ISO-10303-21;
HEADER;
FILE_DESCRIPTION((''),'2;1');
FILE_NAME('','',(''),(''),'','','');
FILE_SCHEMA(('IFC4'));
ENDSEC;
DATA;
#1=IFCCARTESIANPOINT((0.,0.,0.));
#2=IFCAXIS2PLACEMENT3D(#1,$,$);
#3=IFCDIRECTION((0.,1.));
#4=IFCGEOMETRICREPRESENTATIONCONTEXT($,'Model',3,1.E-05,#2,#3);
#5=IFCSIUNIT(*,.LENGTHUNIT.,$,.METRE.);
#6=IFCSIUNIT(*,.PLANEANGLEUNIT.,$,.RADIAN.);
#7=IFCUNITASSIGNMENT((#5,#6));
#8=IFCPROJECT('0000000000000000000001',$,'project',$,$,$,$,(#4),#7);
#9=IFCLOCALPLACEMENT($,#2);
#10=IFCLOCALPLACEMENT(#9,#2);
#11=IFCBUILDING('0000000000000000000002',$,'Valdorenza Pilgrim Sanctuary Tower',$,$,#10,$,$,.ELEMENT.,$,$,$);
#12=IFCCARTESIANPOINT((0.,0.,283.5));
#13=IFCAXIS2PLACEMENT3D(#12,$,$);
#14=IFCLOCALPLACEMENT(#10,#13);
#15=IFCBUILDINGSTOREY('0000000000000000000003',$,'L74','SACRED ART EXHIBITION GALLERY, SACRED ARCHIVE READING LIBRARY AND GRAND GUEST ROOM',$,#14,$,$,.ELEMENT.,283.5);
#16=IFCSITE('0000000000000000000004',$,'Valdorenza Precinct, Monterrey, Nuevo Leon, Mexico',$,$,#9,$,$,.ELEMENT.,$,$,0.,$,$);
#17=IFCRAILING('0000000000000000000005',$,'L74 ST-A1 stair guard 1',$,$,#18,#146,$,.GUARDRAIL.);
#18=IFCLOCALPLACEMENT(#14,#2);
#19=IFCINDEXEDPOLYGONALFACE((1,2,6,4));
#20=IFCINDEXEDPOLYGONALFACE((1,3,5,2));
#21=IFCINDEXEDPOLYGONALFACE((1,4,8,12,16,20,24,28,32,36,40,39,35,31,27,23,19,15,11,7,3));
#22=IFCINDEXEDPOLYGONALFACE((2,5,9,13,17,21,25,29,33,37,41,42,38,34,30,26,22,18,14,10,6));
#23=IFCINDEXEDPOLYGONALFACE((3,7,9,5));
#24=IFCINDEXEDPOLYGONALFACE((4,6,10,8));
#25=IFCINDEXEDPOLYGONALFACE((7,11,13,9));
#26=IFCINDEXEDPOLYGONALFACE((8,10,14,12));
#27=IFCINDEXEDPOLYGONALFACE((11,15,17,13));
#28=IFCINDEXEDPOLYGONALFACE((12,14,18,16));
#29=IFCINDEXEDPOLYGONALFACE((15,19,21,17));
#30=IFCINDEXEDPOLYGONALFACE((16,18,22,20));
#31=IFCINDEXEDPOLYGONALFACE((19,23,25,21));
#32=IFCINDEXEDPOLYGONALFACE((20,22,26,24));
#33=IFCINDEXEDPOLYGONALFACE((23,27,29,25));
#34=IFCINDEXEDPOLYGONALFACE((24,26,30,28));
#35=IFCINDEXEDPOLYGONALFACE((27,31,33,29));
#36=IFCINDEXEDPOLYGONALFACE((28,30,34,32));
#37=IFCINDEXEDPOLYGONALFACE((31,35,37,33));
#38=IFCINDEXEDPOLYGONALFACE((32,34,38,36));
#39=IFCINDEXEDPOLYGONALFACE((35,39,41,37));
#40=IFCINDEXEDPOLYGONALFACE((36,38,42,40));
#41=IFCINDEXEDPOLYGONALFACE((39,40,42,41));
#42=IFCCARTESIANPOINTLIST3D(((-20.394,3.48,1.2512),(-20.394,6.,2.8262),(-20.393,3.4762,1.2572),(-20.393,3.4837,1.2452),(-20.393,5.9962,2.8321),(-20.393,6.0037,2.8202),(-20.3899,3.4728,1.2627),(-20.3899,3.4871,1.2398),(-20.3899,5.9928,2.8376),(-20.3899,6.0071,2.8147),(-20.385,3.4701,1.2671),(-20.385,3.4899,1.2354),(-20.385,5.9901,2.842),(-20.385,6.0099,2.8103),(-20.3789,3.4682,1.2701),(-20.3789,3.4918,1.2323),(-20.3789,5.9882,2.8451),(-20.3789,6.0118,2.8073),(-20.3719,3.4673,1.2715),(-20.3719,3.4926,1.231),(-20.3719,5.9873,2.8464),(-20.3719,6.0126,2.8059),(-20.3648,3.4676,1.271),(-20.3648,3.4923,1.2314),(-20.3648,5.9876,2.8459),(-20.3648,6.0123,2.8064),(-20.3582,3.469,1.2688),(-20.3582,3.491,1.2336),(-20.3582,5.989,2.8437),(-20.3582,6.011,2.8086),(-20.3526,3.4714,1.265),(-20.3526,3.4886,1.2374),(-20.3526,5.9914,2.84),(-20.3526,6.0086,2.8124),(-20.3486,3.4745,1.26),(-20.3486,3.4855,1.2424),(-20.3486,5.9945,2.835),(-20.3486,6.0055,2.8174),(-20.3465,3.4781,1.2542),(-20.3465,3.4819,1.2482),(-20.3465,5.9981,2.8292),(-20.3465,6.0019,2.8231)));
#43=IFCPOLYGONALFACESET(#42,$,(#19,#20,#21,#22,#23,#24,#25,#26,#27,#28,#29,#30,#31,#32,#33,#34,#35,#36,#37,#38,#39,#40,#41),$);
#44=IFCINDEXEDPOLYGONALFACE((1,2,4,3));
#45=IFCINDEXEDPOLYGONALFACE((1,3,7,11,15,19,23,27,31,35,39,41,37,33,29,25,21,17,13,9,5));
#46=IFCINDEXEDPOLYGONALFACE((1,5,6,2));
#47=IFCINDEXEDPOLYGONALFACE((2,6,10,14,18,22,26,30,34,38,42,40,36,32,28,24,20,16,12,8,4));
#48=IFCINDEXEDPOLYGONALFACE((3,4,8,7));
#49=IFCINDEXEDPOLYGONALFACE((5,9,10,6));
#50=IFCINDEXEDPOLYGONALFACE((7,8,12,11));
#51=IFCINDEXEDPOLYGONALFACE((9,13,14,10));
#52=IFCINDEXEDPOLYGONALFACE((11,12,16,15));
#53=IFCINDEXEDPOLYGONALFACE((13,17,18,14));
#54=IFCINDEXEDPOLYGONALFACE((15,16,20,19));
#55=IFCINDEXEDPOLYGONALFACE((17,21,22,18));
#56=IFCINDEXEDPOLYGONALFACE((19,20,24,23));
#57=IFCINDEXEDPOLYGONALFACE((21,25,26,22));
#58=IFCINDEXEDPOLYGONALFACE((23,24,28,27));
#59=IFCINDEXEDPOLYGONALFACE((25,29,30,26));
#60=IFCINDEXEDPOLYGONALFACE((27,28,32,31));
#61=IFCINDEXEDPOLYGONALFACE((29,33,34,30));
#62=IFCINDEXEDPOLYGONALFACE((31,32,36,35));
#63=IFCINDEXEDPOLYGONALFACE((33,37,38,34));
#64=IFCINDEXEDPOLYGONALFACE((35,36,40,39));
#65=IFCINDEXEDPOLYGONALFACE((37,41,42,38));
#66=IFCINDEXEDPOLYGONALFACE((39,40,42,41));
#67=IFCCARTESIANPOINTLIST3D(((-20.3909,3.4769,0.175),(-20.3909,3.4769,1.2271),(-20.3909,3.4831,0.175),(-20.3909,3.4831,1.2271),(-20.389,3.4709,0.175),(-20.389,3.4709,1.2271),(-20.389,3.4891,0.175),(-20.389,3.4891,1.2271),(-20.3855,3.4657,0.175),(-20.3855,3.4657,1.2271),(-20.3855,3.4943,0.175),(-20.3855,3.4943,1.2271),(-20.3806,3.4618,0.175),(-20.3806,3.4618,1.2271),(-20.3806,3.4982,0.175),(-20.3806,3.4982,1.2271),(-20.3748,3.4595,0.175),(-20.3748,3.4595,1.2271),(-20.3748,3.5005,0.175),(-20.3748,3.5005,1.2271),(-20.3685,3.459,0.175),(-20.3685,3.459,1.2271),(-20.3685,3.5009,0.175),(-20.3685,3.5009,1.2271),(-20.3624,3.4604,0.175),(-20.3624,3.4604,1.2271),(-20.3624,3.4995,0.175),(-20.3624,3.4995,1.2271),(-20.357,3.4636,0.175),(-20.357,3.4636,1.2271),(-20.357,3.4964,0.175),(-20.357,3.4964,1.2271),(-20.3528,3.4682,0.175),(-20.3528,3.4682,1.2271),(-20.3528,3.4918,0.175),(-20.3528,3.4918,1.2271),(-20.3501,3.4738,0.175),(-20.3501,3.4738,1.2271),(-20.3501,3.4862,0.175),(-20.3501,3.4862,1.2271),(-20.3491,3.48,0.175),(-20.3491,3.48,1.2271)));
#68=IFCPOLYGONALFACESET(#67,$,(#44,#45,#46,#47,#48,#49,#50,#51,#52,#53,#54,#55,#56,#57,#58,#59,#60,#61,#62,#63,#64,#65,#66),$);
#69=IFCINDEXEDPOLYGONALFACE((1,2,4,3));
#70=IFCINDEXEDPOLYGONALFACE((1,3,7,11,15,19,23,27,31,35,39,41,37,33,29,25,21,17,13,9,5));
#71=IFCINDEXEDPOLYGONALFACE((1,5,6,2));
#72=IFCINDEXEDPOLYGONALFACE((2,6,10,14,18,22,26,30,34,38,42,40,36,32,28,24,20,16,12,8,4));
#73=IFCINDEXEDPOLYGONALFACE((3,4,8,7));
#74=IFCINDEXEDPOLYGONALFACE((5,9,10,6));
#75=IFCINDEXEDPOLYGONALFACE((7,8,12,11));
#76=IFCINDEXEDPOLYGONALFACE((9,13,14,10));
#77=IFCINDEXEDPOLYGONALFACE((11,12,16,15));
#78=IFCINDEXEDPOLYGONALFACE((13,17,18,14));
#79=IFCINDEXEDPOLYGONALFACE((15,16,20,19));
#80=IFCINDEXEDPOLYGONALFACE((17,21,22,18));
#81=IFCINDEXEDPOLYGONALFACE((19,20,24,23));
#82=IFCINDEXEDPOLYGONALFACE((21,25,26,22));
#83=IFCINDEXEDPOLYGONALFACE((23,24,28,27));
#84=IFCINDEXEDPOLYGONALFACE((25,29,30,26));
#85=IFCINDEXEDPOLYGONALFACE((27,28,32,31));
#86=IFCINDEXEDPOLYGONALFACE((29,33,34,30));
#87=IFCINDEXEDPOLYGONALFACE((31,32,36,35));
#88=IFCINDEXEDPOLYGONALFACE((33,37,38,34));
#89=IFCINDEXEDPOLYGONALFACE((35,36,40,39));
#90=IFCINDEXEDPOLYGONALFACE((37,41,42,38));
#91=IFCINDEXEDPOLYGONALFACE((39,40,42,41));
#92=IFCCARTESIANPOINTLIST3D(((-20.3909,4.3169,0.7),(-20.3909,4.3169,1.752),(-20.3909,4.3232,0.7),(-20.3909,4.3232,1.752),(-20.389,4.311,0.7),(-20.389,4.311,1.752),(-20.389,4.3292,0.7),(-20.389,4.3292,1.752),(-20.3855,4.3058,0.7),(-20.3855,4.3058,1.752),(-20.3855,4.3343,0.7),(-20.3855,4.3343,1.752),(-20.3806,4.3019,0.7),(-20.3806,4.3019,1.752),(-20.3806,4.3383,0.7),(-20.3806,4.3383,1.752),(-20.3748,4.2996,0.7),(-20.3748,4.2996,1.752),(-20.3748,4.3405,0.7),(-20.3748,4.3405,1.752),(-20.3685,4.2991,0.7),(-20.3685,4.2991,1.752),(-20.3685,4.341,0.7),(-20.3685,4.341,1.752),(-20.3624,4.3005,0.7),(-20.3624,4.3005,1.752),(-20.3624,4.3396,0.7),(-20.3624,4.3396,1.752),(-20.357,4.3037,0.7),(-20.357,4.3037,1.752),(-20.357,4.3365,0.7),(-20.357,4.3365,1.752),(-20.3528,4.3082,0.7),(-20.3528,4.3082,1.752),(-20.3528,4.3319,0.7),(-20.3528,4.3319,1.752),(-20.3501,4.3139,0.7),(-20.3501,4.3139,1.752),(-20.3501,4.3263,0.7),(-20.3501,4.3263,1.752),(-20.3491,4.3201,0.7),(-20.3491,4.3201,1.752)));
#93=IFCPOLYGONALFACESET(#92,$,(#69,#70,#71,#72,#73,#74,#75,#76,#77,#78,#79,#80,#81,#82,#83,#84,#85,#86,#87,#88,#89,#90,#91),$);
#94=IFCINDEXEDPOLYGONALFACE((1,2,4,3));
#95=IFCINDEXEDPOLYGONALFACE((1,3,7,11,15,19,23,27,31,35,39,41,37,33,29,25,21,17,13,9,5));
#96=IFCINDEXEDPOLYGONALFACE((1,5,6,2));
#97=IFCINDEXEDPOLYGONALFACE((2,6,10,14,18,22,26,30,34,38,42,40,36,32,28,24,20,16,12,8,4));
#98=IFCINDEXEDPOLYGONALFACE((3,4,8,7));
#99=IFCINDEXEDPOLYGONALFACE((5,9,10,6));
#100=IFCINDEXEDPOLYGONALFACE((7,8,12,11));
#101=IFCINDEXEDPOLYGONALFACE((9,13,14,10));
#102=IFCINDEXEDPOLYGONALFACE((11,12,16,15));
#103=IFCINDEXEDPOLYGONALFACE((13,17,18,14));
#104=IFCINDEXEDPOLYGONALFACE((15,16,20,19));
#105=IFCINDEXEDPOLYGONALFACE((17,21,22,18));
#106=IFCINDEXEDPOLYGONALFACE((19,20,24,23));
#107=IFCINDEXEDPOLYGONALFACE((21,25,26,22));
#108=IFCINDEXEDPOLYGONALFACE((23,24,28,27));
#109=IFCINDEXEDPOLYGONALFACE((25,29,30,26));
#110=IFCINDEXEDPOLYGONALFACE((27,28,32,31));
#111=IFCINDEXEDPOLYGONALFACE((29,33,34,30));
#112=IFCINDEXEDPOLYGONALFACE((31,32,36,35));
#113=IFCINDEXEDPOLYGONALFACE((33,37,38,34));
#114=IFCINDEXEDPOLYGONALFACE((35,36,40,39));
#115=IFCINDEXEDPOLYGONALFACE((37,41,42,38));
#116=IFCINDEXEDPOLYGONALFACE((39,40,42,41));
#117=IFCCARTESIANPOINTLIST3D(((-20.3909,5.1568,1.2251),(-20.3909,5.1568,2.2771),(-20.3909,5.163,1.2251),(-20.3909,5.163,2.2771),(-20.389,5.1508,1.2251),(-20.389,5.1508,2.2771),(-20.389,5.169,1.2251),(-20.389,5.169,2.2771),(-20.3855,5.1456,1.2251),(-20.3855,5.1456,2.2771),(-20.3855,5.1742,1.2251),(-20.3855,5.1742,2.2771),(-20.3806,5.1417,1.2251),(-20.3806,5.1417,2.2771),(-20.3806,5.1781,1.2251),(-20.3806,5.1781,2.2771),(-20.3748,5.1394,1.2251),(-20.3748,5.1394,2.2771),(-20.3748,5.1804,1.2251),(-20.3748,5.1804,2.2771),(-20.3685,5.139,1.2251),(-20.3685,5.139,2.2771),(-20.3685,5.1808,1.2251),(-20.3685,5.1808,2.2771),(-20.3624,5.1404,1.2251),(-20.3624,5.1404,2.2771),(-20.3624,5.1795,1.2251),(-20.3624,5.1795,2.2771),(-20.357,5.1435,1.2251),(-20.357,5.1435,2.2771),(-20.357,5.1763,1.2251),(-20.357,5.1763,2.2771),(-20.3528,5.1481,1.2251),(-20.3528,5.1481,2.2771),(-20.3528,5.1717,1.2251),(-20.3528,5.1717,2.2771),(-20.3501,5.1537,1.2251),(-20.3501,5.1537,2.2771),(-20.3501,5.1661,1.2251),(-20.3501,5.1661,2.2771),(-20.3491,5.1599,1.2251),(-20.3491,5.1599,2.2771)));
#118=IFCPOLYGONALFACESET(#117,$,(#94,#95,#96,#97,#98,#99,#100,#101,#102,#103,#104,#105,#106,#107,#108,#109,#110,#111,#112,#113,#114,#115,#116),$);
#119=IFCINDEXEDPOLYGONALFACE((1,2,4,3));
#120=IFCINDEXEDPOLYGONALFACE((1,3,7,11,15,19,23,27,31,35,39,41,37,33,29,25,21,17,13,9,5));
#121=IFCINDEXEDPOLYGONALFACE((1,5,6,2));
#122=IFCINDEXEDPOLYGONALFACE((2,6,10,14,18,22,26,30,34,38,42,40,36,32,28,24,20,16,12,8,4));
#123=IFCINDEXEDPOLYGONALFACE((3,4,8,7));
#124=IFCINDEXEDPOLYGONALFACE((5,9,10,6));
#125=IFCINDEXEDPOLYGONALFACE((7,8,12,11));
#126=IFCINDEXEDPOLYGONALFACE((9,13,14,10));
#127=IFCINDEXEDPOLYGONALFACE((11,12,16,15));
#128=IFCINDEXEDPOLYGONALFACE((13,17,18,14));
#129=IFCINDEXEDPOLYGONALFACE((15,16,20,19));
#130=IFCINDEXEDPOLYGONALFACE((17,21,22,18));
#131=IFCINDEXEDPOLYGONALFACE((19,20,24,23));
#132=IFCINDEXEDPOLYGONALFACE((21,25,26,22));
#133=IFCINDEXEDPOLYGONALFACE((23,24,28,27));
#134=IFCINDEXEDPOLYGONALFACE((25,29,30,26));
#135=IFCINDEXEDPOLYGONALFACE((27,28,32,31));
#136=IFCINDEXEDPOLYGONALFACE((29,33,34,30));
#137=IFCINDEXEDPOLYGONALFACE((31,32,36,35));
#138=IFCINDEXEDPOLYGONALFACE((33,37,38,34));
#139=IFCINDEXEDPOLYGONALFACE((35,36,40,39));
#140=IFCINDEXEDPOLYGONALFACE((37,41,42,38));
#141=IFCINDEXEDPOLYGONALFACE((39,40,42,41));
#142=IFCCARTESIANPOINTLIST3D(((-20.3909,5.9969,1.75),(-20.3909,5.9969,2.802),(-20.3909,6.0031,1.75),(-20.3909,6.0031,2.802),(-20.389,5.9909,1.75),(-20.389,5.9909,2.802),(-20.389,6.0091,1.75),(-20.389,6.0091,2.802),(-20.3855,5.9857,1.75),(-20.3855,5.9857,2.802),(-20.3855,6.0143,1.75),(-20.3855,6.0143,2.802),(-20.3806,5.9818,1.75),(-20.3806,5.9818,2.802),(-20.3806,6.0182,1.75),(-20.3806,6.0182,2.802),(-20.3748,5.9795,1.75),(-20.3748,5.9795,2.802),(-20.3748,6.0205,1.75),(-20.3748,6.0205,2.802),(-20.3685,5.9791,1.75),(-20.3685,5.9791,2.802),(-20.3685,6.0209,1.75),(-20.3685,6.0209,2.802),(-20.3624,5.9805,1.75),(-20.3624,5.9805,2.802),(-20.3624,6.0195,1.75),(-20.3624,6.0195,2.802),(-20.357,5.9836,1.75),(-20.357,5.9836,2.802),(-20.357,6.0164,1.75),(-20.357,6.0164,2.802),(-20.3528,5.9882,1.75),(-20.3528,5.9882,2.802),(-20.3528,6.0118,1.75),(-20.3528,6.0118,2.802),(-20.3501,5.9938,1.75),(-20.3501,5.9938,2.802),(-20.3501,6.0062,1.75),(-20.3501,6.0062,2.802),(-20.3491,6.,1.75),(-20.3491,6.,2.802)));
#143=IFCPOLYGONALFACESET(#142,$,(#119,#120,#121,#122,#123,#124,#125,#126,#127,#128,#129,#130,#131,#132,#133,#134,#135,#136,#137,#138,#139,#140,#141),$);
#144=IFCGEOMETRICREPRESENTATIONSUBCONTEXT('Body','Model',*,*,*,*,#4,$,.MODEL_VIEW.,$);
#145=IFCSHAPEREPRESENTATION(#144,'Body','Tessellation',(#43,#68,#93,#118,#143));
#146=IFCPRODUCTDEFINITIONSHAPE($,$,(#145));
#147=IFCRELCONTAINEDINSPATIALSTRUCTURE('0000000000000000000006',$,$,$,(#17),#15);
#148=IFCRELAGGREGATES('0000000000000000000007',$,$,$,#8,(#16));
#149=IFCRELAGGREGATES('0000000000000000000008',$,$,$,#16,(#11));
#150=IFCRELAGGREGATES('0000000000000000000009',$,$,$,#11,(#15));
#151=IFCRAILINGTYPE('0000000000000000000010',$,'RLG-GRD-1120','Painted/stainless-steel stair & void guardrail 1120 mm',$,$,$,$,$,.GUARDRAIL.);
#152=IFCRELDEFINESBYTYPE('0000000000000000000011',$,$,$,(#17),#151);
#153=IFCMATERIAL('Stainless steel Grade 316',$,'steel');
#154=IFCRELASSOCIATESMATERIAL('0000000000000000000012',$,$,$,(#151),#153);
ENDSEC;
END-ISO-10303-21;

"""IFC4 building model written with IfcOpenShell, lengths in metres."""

from ifc_helpers import new_model, si_unit, direction, frame, origin, origin_2d, place, context, subcontext, project, spatial, circle, extrude, material, type_object, element, save


model = new_model("IFC4")

# Units and contexts
model_context = context("Model", 3, precision=1e-05, world=origin(), true_north=direction((0.0, 1.0)))
body_context = subcontext(model_context, "Body", "Model", "MODEL_VIEW")
ifc_project = project(units=[si_unit("LENGTHUNIT", "METRE"), si_unit("PLANEANGLEUNIT", "RADIAN")], contexts=[model_context])

# Site, building, storey
site_placement = place(None, origin())
site = spatial("IfcSite", under=ifc_project, at=site_placement, Name="Valdorenza Precinct, Monterrey, Nuevo Leon, Mexico", CompositionType="ELEMENT", RefElevation=0.0)
building_placement = place(site_placement, origin())
building = spatial("IfcBuilding", under=site, at=building_placement, Name="Valdorenza Pilgrim Sanctuary Tower", CompositionType="ELEMENT")
storey_placement = place(building_placement, frame((0.0, 0.0, 283.5)))
storey = spatial("IfcBuildingStorey", under=building, at=storey_placement, Name="L74", Description="SACRED ART EXHIBITION GALLERY, SACRED ARCHIVE READING LIBRARY AND GRAND GUEST ROOM", CompositionType="ELEMENT", Elevation=283.5)

# Railing
ifc_material_1 = material(Name="Stainless steel Grade 316", Category="steel")
railing_type_1 = type_object("IfcRailingType", Name="RLG-GRD-1120", Description="Painted/stainless-steel stair & void guardrail 1120 mm", PredefinedType="GUARDRAIL", material=ifc_material_1)
railing_1_placement = place(storey_placement, frame((-20.3701, 3.48, 0.175)))
element("IfcRailing", 1, at=railing_1_placement, inside=storey, type_object=railing_type_1, Name="L74 ST-A1 stair guard 1", PredefinedType="GUARDRAIL", context=body_context, shape_type="SweptSolid", body=[
    extrude(circle(Radius=0.0239, at=origin_2d()), frame((0.0, 0.0, 1.0762), z_axis=(0.0, 0.848008, 0.529984), x_axis=(-1.0, 0.0, 0.0)), (0.0, 0.0, 1.0), 2.9717),
    extrude(circle(Radius=0.021, at=origin_2d()), origin(), (0.0, 0.0, 1.0), 1.052),
    extrude(circle(Radius=0.021, at=origin_2d()), frame((0.0, 0.8401, 0.5249)), (0.0, 0.0, 1.0), 1.052),
    extrude(circle(Radius=0.021, at=origin_2d()), frame((0.0, 1.6799, 1.05)), (0.0, 0.0, 1.0), 1.052),
    extrude(circle(Radius=0.021, at=origin_2d()), frame((0.0, 2.52, 1.575)), (0.0, 0.0, 1.0), 1.052),
])

save(model, "model.ifc")
